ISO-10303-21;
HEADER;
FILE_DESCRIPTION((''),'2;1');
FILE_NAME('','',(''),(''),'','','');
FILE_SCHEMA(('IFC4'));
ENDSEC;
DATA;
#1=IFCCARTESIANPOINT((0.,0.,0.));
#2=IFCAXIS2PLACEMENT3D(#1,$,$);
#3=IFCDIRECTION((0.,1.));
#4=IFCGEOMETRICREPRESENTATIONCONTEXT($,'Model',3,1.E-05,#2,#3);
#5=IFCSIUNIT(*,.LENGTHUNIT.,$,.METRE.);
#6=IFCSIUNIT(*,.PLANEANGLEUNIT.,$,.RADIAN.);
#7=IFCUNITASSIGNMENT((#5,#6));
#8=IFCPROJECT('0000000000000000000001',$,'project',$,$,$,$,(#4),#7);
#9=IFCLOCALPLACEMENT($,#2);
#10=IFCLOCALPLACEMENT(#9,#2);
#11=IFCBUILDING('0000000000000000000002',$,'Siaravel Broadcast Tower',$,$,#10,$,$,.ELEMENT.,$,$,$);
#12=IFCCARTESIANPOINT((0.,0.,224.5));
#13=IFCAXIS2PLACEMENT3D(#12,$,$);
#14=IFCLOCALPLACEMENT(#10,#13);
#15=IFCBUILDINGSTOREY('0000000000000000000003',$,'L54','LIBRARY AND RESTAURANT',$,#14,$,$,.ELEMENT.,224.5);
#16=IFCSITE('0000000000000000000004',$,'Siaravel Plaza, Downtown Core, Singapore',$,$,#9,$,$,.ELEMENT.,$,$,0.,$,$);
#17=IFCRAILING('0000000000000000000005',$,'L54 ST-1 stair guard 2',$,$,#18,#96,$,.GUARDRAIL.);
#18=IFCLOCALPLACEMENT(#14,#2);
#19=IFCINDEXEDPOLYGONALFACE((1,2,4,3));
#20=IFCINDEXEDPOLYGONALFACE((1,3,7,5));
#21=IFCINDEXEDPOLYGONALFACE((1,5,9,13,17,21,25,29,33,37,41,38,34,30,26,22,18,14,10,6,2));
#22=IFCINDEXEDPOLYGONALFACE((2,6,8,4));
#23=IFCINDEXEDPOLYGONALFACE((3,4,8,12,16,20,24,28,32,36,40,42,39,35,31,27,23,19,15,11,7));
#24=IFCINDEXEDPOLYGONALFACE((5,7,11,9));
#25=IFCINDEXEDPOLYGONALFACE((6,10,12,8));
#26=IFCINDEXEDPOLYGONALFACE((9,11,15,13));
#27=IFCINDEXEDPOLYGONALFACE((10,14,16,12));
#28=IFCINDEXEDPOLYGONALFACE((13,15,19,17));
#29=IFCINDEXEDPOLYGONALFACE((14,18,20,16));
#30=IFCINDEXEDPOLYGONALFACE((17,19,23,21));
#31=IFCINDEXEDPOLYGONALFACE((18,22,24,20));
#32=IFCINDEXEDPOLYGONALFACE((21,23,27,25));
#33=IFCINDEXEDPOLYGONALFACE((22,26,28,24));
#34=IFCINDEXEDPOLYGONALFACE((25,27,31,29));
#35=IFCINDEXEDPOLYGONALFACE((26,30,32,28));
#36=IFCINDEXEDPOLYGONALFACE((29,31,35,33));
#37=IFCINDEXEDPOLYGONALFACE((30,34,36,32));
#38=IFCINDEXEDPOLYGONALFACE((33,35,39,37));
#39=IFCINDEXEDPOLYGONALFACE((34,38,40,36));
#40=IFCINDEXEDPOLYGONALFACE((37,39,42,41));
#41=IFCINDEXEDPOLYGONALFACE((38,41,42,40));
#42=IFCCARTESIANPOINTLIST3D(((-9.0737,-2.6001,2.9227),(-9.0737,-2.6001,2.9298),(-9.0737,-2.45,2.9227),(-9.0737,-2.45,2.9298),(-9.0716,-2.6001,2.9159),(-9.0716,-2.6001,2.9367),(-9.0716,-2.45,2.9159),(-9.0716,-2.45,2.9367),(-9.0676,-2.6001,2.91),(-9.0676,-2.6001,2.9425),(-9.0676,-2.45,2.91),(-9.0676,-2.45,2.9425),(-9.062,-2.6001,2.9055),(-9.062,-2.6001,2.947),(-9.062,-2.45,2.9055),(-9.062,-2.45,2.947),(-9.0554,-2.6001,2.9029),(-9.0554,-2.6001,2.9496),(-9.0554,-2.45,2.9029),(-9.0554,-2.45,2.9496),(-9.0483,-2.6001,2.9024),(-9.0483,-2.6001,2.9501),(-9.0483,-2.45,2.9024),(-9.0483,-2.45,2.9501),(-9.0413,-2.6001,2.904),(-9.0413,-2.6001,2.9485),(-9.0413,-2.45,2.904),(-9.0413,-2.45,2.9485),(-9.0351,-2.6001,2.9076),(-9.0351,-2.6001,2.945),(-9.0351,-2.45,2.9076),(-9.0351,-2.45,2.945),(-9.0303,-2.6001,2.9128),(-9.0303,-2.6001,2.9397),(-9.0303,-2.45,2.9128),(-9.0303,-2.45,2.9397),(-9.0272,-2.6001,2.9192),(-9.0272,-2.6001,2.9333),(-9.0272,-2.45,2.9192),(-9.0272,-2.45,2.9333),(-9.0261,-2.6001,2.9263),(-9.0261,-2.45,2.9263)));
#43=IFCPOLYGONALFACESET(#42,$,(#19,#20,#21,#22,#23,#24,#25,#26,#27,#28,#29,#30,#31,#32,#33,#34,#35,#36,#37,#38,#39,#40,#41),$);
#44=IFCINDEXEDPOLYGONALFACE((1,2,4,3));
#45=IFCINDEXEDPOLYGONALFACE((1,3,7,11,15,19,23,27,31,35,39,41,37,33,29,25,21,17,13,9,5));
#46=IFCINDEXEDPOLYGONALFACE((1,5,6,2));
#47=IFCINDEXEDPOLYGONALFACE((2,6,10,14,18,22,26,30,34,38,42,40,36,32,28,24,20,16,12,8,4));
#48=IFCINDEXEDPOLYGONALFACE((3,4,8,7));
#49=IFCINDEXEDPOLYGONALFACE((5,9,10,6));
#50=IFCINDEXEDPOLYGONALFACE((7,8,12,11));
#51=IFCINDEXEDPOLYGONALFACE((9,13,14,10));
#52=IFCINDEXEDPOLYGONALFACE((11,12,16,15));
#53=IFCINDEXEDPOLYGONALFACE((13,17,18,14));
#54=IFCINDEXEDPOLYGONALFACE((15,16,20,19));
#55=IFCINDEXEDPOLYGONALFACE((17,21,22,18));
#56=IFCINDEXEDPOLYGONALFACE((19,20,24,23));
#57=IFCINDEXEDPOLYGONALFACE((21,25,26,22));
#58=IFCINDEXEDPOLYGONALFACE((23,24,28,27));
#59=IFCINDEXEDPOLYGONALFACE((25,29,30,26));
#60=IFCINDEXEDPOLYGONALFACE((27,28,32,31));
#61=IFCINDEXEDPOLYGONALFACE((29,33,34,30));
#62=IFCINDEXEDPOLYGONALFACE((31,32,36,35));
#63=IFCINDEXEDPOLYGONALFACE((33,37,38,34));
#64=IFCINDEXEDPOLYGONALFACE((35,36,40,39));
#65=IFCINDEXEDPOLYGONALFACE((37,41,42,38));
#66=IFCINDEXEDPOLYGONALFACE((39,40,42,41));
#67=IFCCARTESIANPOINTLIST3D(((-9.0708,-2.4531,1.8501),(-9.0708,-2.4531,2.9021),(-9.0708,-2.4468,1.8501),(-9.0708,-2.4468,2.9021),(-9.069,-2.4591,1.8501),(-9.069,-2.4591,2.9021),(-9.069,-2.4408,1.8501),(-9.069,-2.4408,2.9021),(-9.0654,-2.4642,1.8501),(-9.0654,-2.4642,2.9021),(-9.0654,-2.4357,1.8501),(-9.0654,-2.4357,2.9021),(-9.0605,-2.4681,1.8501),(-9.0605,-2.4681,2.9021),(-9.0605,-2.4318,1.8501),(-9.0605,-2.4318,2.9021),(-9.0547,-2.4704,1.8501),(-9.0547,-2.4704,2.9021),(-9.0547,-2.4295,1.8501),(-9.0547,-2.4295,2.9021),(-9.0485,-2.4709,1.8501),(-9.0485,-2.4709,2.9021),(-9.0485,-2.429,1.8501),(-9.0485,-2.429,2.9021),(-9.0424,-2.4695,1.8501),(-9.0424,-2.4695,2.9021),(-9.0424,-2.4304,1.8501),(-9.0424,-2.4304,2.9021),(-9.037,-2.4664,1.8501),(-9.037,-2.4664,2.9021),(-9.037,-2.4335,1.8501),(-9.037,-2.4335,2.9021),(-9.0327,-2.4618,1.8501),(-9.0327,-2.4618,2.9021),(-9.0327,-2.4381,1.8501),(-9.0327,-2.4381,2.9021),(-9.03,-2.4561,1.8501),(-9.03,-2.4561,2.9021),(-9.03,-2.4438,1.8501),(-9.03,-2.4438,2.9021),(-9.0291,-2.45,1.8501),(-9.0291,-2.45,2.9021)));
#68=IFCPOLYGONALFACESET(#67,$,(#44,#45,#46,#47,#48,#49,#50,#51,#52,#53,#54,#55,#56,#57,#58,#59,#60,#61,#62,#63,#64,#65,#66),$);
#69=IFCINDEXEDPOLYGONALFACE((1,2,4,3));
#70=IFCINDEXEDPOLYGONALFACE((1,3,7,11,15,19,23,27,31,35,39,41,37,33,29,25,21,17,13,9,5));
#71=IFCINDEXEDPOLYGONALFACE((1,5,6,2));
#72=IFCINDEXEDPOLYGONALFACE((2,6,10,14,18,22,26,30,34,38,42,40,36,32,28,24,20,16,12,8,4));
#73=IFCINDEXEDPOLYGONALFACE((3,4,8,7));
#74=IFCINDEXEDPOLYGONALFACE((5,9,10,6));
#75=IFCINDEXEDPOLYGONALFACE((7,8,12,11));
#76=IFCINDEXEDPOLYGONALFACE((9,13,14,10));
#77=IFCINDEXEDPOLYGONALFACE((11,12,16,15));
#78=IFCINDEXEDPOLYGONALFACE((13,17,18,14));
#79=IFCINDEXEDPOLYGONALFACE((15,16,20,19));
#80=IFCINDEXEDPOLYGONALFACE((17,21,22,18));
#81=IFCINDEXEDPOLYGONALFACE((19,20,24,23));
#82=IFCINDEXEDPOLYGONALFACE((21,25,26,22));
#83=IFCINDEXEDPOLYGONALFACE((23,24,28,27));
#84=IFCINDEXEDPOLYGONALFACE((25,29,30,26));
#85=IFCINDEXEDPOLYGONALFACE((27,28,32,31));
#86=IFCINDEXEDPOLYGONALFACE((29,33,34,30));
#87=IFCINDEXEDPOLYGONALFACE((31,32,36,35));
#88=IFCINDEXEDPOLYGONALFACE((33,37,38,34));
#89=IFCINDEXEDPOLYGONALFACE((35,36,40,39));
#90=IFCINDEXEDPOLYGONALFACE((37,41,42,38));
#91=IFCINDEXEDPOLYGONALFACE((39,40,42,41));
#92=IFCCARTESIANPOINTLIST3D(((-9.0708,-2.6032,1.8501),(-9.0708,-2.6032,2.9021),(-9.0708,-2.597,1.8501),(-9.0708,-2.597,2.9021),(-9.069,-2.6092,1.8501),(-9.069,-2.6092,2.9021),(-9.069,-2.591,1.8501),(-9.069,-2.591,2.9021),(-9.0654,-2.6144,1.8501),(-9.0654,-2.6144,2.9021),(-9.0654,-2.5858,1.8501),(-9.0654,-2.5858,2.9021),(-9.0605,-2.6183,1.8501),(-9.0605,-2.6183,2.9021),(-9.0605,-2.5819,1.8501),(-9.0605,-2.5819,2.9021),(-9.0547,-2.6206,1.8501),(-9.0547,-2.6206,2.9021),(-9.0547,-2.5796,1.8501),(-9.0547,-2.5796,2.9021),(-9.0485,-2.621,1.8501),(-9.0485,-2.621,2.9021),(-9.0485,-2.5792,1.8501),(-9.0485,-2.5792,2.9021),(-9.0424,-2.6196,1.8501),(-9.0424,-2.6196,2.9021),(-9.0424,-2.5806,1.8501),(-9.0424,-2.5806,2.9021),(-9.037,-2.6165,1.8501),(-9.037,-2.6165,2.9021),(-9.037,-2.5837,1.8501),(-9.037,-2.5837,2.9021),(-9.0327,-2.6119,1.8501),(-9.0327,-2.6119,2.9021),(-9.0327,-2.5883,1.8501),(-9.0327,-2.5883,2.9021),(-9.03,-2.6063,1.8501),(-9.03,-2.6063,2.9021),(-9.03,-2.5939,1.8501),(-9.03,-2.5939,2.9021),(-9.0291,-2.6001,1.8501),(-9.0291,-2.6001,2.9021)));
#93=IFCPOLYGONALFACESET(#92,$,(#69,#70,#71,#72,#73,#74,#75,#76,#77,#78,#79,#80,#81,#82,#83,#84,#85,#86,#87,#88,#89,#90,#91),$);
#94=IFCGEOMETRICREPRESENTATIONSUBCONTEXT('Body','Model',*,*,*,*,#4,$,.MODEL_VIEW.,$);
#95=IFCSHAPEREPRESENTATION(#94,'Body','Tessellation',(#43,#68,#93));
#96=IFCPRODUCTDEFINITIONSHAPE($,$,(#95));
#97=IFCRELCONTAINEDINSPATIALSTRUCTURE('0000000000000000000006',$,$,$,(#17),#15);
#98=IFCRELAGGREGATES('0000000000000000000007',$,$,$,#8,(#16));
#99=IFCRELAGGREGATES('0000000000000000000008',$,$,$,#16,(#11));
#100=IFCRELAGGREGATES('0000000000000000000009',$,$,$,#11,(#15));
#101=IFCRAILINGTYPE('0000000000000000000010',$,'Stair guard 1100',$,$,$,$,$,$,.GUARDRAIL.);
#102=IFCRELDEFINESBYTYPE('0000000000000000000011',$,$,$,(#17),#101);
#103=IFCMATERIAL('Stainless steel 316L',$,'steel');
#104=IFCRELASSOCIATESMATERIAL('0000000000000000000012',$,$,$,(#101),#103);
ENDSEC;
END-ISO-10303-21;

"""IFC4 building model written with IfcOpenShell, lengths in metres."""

from ifc_helpers import new_model, si_unit, direction, frame, origin, origin_2d, place, context, subcontext, project, spatial, circle, extrude, material, type_object, element, save


model = new_model("IFC4")

# Units and contexts
model_context = context("Model", 3, precision=1e-05, world=origin(), true_north=direction((0.0, 1.0)))
body_context = subcontext(model_context, "Body", "Model", "MODEL_VIEW")
ifc_project = project(units=[si_unit("LENGTHUNIT", "METRE"), si_unit("PLANEANGLEUNIT", "RADIAN")], contexts=[model_context])

# Site, building, storey
site_placement = place(None, origin())
site = spatial("IfcSite", under=ifc_project, at=site_placement, Name="Siaravel Plaza, Downtown Core, Singapore", CompositionType="ELEMENT", RefElevation=0.0)
building_placement = place(site_placement, origin())
building = spatial("IfcBuilding", under=site, at=building_placement, Name="Siaravel Broadcast Tower", CompositionType="ELEMENT")
storey_placement = place(building_placement, frame((0.0, 0.0, 224.5)))
storey = spatial("IfcBuildingStorey", under=building, at=storey_placement, Name="L54", Description="LIBRARY AND RESTAURANT", CompositionType="ELEMENT", Elevation=224.5)

# Shared definitions
ifc_material_1 = material(Name="Stainless steel 316L", Category="steel")

# Railing
railing_type_1 = type_object("IfcRailingType", Name="Stair guard 1100", PredefinedType="GUARDRAIL", material=ifc_material_1)
railing_1_placement = place(storey_placement, frame((-9.05, -2.45, 1.8501)))
element("IfcRailing", 1, at=railing_1_placement, inside=storey, type_object=railing_type_1, Name="L54 ST-1 stair guard 2", PredefinedType="GUARDRAIL", context=body_context, shape_type="SweptSolid", body=[
    extrude(circle(Radius=0.0239, at=origin_2d()), frame((0.0, 0.0, 1.0762), z_axis=(0.0, -1.0, 0.0), x_axis=(1.0, 0.0, 0.0)), (0.0, 0.0, 1.0), 0.1501),
    extrude(circle(Radius=0.021, at=origin_2d()), origin(), (0.0, 0.0, 1.0), 1.052),
    extrude(circle(Radius=0.021, at=origin_2d()), frame((0.0, -0.1501, 0.0)), (0.0, 0.0, 1.0), 1.052),
])

save(model, "model.ifc")
